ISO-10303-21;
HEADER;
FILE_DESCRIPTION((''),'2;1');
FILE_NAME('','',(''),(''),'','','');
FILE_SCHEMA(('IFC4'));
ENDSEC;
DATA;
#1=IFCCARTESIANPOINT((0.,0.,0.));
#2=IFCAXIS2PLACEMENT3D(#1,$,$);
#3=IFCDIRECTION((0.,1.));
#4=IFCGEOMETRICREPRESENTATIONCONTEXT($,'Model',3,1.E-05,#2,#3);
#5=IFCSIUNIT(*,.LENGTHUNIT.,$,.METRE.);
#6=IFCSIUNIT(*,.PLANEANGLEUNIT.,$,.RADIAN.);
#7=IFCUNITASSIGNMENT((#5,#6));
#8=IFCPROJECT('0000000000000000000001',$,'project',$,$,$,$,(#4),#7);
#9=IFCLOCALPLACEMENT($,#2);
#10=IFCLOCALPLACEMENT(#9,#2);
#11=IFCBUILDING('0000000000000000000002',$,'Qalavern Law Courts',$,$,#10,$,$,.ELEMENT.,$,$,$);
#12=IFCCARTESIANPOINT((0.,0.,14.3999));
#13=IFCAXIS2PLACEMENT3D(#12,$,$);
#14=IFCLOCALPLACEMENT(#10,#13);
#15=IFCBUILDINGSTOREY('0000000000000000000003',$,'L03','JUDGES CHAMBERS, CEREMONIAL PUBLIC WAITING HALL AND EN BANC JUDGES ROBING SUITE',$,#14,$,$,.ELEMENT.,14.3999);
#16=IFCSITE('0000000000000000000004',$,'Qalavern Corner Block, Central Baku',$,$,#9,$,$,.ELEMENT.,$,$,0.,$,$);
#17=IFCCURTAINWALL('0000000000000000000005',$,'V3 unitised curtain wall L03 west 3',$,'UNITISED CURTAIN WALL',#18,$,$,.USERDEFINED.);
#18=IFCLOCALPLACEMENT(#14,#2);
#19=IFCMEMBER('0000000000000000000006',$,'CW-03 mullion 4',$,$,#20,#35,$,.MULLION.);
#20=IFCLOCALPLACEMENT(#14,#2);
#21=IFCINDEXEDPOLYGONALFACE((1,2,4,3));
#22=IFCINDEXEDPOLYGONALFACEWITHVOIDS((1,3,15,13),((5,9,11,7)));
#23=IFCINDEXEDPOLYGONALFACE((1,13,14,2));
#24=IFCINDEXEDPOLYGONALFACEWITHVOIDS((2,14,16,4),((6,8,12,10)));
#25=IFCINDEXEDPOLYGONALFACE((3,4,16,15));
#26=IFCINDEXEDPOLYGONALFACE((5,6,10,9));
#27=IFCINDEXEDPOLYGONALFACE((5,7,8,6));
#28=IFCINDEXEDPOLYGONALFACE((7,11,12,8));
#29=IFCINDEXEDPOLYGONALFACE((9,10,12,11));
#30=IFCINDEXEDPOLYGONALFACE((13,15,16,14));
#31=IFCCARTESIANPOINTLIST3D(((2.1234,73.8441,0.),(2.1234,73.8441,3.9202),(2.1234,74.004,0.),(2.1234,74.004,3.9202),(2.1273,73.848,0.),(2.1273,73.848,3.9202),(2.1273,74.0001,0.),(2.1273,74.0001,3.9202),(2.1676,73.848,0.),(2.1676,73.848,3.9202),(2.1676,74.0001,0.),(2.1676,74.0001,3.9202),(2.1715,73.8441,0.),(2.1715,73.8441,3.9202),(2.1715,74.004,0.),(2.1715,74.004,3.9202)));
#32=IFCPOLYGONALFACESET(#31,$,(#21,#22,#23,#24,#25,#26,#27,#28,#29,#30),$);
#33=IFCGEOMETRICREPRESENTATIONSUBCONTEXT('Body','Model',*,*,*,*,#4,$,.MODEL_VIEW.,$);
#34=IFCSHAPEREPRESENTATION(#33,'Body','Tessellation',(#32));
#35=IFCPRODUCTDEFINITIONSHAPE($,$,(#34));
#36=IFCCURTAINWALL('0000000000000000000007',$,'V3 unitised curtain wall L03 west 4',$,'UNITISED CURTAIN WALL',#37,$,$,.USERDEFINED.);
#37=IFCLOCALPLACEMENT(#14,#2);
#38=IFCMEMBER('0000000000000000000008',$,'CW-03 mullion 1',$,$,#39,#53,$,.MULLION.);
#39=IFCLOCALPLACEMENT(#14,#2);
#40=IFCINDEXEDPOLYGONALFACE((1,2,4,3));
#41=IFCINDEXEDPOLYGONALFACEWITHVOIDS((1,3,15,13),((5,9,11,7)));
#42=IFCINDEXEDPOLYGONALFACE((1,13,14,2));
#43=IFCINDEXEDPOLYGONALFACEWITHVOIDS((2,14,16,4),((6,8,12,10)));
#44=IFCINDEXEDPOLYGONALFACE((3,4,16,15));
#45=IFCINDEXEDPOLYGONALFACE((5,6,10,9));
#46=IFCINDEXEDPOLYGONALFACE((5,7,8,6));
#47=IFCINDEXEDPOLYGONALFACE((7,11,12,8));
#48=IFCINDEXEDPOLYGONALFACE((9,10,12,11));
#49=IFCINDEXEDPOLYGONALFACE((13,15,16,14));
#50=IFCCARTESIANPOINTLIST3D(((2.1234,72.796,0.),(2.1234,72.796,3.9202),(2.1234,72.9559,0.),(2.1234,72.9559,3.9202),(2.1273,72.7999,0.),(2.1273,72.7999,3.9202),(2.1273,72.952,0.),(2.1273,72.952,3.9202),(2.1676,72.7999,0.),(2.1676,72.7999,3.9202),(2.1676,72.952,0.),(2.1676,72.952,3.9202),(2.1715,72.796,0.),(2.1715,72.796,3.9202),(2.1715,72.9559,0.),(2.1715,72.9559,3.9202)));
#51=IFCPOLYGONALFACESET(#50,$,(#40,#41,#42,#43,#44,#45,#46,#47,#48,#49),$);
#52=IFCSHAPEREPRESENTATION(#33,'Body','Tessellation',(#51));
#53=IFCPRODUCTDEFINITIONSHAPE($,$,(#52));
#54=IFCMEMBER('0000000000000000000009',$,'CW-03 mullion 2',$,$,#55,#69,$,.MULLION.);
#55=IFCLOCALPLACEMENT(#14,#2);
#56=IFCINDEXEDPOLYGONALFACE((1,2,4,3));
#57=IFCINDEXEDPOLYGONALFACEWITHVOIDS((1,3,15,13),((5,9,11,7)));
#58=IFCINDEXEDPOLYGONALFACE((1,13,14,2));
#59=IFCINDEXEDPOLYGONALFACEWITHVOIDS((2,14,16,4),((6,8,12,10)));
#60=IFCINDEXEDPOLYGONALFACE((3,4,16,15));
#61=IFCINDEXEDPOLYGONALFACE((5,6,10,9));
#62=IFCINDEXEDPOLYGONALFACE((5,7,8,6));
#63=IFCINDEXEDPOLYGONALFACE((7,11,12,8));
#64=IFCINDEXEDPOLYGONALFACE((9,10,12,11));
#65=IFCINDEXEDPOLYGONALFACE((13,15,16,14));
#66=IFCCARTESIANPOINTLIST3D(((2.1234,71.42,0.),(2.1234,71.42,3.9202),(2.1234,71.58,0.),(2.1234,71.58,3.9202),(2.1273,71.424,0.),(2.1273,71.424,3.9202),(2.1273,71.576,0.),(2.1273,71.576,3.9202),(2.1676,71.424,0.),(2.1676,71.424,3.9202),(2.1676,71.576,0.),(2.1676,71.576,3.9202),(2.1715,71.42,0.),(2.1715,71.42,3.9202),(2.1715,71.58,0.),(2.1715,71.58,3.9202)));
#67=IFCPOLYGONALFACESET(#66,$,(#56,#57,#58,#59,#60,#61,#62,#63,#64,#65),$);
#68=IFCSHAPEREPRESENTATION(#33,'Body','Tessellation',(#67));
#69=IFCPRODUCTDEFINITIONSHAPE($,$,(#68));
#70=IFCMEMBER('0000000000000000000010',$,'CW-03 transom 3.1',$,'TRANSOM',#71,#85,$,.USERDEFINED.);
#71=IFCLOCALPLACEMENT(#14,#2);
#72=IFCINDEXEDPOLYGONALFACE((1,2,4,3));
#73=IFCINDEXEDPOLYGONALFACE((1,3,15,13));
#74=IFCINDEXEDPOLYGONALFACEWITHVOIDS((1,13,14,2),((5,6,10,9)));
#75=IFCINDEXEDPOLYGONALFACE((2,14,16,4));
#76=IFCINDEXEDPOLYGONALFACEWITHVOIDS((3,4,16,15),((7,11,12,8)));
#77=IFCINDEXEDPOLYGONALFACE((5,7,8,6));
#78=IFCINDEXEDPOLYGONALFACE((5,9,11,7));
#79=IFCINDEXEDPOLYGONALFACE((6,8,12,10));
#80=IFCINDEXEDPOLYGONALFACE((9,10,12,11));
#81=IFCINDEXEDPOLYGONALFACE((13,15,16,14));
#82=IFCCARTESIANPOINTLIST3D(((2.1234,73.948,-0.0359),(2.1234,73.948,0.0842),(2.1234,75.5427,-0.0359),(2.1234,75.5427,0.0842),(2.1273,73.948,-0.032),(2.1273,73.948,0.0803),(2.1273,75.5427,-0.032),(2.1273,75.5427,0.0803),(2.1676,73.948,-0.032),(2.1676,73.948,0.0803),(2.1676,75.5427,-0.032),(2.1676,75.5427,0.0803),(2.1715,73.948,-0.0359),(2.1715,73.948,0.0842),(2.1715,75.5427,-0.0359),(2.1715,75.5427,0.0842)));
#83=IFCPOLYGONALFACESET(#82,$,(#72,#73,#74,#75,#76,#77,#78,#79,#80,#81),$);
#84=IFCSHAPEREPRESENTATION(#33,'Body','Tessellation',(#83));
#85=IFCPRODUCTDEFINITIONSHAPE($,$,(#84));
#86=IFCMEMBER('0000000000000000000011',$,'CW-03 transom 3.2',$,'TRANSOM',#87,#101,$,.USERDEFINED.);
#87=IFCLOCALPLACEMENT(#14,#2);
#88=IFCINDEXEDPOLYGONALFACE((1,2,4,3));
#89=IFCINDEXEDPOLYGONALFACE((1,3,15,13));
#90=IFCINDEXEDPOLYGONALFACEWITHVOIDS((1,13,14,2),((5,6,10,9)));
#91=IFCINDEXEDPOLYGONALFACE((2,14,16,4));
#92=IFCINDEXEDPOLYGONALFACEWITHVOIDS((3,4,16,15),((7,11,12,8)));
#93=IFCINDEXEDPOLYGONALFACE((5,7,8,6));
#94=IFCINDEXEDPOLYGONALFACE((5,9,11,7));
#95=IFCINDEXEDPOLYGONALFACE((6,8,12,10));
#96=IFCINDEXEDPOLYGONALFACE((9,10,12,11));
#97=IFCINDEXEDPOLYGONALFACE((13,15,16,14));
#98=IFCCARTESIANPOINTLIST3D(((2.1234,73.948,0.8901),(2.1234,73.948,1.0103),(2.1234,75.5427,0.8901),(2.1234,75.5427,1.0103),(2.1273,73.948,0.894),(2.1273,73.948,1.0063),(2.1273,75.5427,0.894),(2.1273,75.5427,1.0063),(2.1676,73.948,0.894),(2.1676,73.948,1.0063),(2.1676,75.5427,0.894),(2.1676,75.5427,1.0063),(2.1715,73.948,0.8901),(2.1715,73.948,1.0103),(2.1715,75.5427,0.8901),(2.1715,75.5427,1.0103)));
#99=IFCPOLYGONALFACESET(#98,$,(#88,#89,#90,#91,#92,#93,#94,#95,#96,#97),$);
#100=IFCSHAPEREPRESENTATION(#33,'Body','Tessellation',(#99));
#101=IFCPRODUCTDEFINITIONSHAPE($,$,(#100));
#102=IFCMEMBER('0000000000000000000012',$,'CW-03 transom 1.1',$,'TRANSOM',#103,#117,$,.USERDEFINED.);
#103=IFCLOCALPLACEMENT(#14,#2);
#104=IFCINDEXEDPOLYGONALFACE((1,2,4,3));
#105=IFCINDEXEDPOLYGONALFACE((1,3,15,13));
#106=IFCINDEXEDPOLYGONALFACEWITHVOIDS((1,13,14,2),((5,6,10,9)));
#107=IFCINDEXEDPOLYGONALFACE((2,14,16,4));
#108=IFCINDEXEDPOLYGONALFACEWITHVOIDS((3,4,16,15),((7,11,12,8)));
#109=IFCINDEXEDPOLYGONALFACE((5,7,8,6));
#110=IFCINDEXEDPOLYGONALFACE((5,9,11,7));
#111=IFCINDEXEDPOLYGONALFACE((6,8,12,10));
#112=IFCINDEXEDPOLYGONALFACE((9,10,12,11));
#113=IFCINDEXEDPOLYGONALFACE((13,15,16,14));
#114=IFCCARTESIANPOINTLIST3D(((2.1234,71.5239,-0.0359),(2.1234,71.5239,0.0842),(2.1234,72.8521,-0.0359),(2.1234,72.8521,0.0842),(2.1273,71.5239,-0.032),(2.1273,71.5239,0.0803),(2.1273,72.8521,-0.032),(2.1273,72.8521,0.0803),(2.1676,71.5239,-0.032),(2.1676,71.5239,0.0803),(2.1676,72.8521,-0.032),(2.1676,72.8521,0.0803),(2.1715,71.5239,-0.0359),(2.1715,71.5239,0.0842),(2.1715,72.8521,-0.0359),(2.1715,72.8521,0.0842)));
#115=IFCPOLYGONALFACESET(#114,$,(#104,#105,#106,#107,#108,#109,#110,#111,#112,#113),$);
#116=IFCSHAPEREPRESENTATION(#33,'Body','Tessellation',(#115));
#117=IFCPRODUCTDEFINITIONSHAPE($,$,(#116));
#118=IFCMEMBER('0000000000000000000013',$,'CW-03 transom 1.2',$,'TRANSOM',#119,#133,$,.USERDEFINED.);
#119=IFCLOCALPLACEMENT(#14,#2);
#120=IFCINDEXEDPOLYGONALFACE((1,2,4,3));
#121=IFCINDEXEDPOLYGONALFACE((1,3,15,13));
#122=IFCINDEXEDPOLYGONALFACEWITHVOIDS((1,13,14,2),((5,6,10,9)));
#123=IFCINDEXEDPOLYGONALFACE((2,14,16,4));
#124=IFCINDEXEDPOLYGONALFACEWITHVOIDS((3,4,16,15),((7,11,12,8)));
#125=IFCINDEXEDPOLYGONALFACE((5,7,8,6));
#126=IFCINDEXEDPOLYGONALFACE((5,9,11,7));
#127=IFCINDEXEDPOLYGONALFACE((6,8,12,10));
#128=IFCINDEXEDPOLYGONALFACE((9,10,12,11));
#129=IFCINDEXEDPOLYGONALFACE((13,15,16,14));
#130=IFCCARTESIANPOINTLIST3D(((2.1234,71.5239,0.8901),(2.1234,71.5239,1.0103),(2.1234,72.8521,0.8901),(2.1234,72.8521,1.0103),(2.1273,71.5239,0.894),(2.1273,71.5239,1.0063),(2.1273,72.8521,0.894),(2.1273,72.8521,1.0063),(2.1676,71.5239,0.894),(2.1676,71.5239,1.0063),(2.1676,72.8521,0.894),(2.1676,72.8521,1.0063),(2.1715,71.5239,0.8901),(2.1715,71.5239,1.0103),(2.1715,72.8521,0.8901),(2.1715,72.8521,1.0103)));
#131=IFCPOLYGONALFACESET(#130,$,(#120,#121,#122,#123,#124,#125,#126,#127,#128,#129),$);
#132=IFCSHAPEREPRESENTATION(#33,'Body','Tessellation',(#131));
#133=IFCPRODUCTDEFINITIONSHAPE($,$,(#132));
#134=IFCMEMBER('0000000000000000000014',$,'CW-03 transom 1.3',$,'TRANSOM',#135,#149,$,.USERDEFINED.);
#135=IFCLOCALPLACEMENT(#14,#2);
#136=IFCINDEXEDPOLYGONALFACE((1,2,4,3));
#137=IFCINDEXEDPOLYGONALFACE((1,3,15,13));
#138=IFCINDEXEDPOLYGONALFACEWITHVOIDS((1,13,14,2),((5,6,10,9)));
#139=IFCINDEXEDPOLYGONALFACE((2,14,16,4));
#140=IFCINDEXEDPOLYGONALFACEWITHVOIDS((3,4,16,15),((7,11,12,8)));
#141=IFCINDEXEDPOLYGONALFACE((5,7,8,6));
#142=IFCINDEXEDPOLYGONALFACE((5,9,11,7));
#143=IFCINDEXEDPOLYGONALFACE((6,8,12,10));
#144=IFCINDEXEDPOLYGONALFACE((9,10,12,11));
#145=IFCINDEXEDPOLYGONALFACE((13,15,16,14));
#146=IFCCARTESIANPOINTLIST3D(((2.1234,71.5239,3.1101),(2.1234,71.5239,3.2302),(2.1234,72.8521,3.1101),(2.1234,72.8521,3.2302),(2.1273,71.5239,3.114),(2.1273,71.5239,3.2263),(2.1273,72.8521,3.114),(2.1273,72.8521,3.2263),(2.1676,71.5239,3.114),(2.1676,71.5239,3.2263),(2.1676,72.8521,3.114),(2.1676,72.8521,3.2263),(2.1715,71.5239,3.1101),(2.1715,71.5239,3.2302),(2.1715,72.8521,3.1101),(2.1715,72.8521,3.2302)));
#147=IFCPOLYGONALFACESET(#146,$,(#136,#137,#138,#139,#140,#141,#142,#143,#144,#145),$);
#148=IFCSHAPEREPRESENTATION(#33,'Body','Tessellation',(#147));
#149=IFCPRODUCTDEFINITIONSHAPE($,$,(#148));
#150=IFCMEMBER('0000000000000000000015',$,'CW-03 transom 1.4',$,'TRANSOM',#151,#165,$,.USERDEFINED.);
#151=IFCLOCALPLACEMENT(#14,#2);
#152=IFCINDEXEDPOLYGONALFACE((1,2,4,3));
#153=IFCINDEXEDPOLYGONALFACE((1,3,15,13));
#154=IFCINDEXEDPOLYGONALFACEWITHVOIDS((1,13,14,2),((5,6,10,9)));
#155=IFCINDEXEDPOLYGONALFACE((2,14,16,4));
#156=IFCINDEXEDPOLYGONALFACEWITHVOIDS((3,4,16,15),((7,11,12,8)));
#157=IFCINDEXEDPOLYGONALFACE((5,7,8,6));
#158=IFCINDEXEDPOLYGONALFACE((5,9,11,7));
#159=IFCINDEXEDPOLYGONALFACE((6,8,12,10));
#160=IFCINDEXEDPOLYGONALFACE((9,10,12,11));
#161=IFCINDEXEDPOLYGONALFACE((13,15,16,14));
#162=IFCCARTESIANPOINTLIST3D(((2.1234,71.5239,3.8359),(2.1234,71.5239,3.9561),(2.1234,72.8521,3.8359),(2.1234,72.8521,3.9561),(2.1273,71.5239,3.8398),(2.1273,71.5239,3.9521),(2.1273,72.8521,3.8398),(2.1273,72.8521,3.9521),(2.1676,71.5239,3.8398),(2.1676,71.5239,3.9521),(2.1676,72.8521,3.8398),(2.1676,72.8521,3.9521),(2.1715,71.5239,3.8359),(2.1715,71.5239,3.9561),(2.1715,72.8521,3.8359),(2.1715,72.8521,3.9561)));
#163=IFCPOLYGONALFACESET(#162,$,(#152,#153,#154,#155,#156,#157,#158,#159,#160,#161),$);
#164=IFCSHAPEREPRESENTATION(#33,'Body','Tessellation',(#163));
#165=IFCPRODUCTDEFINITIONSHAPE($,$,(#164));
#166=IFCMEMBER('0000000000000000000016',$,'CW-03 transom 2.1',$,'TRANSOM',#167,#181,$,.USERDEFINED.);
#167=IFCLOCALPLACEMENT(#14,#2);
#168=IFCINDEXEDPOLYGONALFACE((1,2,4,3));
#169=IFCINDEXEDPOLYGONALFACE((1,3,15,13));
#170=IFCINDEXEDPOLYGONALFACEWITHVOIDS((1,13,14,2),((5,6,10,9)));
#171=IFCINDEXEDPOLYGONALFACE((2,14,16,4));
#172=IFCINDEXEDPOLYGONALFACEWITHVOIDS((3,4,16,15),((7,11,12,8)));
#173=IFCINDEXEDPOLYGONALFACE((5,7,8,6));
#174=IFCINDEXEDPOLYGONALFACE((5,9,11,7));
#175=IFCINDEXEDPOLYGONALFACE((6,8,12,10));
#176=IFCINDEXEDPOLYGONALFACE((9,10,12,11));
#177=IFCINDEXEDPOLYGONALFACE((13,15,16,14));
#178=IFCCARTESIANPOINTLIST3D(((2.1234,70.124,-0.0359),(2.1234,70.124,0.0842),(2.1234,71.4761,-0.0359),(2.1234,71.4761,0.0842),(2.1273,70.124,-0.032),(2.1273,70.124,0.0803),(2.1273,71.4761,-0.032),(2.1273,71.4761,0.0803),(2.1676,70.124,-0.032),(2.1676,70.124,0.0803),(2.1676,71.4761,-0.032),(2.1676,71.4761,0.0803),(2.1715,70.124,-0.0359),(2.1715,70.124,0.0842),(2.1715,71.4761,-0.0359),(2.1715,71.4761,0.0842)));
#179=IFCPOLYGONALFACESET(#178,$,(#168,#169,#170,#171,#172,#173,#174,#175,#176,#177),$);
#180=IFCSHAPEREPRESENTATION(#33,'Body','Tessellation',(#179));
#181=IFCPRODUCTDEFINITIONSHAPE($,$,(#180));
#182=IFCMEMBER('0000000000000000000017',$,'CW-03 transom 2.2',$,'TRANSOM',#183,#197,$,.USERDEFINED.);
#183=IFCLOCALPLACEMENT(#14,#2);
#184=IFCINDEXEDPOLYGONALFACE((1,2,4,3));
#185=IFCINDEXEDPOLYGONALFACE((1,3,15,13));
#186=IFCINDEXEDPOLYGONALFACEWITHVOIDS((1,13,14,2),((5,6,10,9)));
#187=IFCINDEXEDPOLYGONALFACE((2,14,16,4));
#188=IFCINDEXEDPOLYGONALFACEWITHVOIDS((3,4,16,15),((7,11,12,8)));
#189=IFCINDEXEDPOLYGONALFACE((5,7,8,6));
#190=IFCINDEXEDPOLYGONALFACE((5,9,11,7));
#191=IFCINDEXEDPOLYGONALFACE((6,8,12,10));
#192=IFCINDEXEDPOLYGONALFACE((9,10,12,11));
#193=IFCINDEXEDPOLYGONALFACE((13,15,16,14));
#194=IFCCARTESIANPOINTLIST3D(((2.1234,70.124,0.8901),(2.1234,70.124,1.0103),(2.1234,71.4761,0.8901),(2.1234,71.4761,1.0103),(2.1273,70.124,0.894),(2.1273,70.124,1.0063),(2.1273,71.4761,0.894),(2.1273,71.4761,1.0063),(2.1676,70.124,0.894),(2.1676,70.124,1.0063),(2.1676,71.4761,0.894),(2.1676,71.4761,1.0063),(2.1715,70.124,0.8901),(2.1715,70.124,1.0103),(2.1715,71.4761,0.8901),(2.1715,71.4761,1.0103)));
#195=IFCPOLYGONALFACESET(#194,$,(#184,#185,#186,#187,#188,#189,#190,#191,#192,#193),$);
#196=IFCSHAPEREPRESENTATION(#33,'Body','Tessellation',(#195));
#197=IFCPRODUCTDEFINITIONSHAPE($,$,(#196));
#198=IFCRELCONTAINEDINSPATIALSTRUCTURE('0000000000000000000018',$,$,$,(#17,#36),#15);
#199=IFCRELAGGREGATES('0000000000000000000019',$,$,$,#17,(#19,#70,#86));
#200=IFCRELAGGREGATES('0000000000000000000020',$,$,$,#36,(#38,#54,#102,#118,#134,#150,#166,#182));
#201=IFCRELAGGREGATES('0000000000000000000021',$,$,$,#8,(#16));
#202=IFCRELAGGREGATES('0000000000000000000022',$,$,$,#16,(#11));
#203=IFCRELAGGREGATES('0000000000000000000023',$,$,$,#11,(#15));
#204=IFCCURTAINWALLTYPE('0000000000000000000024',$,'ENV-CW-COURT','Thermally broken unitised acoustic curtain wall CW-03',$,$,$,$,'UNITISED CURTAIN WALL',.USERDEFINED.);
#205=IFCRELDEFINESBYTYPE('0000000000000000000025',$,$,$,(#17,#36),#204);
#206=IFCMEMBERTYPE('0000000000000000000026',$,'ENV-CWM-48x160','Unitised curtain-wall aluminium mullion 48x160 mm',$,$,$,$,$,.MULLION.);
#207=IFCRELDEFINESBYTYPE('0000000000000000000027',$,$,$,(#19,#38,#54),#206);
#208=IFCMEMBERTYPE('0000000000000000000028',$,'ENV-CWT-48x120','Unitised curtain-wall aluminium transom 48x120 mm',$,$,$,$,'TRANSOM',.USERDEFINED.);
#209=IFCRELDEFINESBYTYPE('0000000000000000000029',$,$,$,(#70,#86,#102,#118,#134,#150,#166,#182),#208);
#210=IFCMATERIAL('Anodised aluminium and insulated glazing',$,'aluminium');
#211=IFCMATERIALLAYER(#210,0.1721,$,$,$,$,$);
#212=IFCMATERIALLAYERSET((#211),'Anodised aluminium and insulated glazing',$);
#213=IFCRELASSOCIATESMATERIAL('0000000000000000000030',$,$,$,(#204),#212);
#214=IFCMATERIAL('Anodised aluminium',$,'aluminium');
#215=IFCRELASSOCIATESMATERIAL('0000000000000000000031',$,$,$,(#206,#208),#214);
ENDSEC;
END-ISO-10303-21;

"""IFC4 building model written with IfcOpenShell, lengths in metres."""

from ifc_helpers import new_model, si_unit, direction, frame, origin, origin_2d, place, context, subcontext, project, spatial, hollow_rectangle, extrude, material, layer, layer_set, material_profile, profile_set, type_object, element, aggregate, save


model = new_model("IFC4")

# Units and contexts
model_context = context("Model", 3, precision=1e-05, world=origin(), true_north=direction((0.0, 1.0)))
body_context = subcontext(model_context, "Body", "Model", "MODEL_VIEW")
ifc_project = project(units=[si_unit("LENGTHUNIT", "METRE"), si_unit("PLANEANGLEUNIT", "RADIAN")], contexts=[model_context])

# Site, building, storey
site_placement = place(None, origin())
site = spatial("IfcSite", under=ifc_project, at=site_placement, Name="Qalavern Corner Block, Central Baku", CompositionType="ELEMENT", RefElevation=0.0)
building_placement = place(site_placement, origin())
building = spatial("IfcBuilding", under=site, at=building_placement, Name="Qalavern Law Courts", CompositionType="ELEMENT")
storey_placement = place(building_placement, frame((0.0, 0.0, 14.3999)))
storey = spatial("IfcBuildingStorey", under=building, at=storey_placement, Name="L03", Description="JUDGES CHAMBERS, CEREMONIAL PUBLIC WAITING HALL AND EN BANC JUDGES ROBING SUITE", CompositionType="ELEMENT", Elevation=14.3999)

# Curtain wall, member
ifc_material_1 = material(Name="Anodised aluminium and insulated glazing", Category="aluminium")
ifc_layer_1 = layer(ifc_material_1, 0.1721)
ifc_layer_set_1 = layer_set([ifc_layer_1], Name="Anodised aluminium and insulated glazing")
curtain_wall_type = type_object("IfcCurtainWallType", Name="ENV-CW-COURT", Description="Thermally broken unitised acoustic curtain wall CW-03", ElementType="UNITISED CURTAIN WALL", PredefinedType="USERDEFINED", material=ifc_layer_set_1)
curtain_wall_1_placement = place(storey_placement, origin())
curtain_wall_1 = element("IfcCurtainWall", 1, at=curtain_wall_1_placement, inside=storey, type_object=curtain_wall_type, Name="V3 unitised curtain wall L03 west 3", ObjectType="UNITISED CURTAIN WALL", PredefinedType="USERDEFINED")
ifc_material_2 = material(Name="Anodised aluminium", Category="aluminium")
ifc_material_profile_1 = material_profile(ifc_material_2, hollow_rectangle(XDim=0.0481, YDim=0.1599, WallThickness=0.0039, at=origin_2d()), Name="ALU MULLION 48x160")
ifc_profile_set_1 = profile_set([ifc_material_profile_1], Name="Anodised aluminium")
member_type_1 = type_object("IfcMemberType", Name="ENV-CWM-48x160", Description="Unitised curtain-wall aluminium mullion 48x160 mm", PredefinedType="MULLION", material=ifc_profile_set_1)
member_1_placement = place(storey_placement, frame((2.1475, 73.9241, 0.0), z_axis=(0.0, 0.0, 1.0), x_axis=(1.0, 0.0, 0.0)))
member_1 = element("IfcMember", 2, at=member_1_placement, type_object=member_type_1, Name="CW-03 mullion 4", PredefinedType="MULLION", context=body_context, shape_type="SweptSolid", body=[
    extrude(hollow_rectangle(XDim=0.0481, YDim=0.1599, WallThickness=0.0039, at=origin_2d()), origin(), (0.0, 0.0, 1.0), 3.9202),
])

# Curtain wall, members
curtain_wall_2_placement = place(storey_placement, origin())
curtain_wall_2 = element("IfcCurtainWall", 3, at=curtain_wall_2_placement, inside=storey, type_object=curtain_wall_type, Name="V3 unitised curtain wall L03 west 4", ObjectType="UNITISED CURTAIN WALL", PredefinedType="USERDEFINED")
member_2_placement = place(storey_placement, frame((2.1475, 72.876, 0.0), z_axis=(0.0, 0.0, 1.0), x_axis=(1.0, 0.0, 0.0)))
member_2 = element("IfcMember", 4, at=member_2_placement, type_object=member_type_1, Name="CW-03 mullion 1", PredefinedType="MULLION", context=body_context, shape_type="SweptSolid", body=[
    extrude(hollow_rectangle(XDim=0.0481, YDim=0.1599, WallThickness=0.0039, at=origin_2d()), origin(), (0.0, 0.0, 1.0), 3.9202),
])
member_3_placement = place(storey_placement, frame((2.1475, 71.5, 0.0), z_axis=(0.0, 0.0, 1.0), x_axis=(1.0, 0.0, 0.0)))
member_3 = element("IfcMember", 5, at=member_3_placement, type_object=member_type_1, Name="CW-03 mullion 2", PredefinedType="MULLION", context=body_context, shape_type="SweptSolid", body=[
    extrude(hollow_rectangle(XDim=0.0481, YDim=0.1599, WallThickness=0.0039, at=origin_2d()), origin(), (0.0, 0.0, 1.0), 3.9202),
])

# Members
ifc_material_profile_2 = material_profile(ifc_material_2, hollow_rectangle(XDim=0.0481, YDim=0.1201, WallThickness=0.0039, at=origin_2d()), Name="ALU TRANSOM 48x120")
ifc_profile_set_2 = profile_set([ifc_material_profile_2], Name="Anodised aluminium")
member_type_2 = type_object("IfcMemberType", Name="ENV-CWT-48x120", Description="Unitised curtain-wall aluminium transom 48x120 mm", ElementType="TRANSOM", PredefinedType="USERDEFINED", material=ifc_profile_set_2)
member_4_placement = place(storey_placement, frame((2.1475, 75.5427, 0.0242), z_axis=(0.0, -1.0, 0.0), x_axis=(1.0, 0.0, 0.0)))
member_4 = element("IfcMember", 6, at=member_4_placement, type_object=member_type_2, Name="CW-03 transom 3.1", ObjectType="TRANSOM", PredefinedType="USERDEFINED", context=body_context, shape_type="SweptSolid", body=[
    extrude(hollow_rectangle(XDim=0.0481, YDim=0.1201, WallThickness=0.0039, at=origin_2d()), origin(), (0.0, 0.0, 1.0), 1.5947),
])
member_5_placement = place(storey_placement, frame((2.1475, 75.5427, 0.9502), z_axis=(0.0, -1.0, 0.0), x_axis=(1.0, 0.0, 0.0)))
member_5 = element("IfcMember", 7, at=member_5_placement, type_object=member_type_2, Name="CW-03 transom 3.2", ObjectType="TRANSOM", PredefinedType="USERDEFINED", context=body_context, shape_type="SweptSolid", body=[
    extrude(hollow_rectangle(XDim=0.0481, YDim=0.1201, WallThickness=0.0039, at=origin_2d()), origin(), (0.0, 0.0, 1.0), 1.5947),
])
member_6_placement = place(storey_placement, frame((2.1475, 72.8521, 0.0242), z_axis=(0.0, -1.0, 0.0), x_axis=(1.0, 0.0, 0.0)))
member_6 = element("IfcMember", 8, at=member_6_placement, type_object=member_type_2, Name="CW-03 transom 1.1", ObjectType="TRANSOM", PredefinedType="USERDEFINED", context=body_context, shape_type="SweptSolid", body=[
    extrude(hollow_rectangle(XDim=0.0481, YDim=0.1201, WallThickness=0.0039, at=origin_2d()), origin(), (0.0, 0.0, 1.0), 1.3281),
])
member_7_placement = place(storey_placement, frame((2.1475, 72.8521, 0.9502), z_axis=(0.0, -1.0, 0.0), x_axis=(1.0, 0.0, 0.0)))
member_7 = element("IfcMember", 9, at=member_7_placement, type_object=member_type_2, Name="CW-03 transom 1.2", ObjectType="TRANSOM", PredefinedType="USERDEFINED", context=body_context, shape_type="SweptSolid", body=[
    extrude(hollow_rectangle(XDim=0.0481, YDim=0.1201, WallThickness=0.0039, at=origin_2d()), origin(), (0.0, 0.0, 1.0), 1.3281),
])
member_8_placement = place(storey_placement, frame((2.1475, 72.8521, 3.1702), z_axis=(0.0, -1.0, 0.0), x_axis=(1.0, 0.0, 0.0)))
member_8 = element("IfcMember", 10, at=member_8_placement, type_object=member_type_2, Name="CW-03 transom 1.3", ObjectType="TRANSOM", PredefinedType="USERDEFINED", context=body_context, shape_type="SweptSolid", body=[
    extrude(hollow_rectangle(XDim=0.0481, YDim=0.1201, WallThickness=0.0039, at=origin_2d()), origin(), (0.0, 0.0, 1.0), 1.3281),
])
member_9_placement = place(storey_placement, frame((2.1475, 72.8521, 3.896), z_axis=(0.0, -1.0, 0.0), x_axis=(1.0, 0.0, 0.0)))
member_9 = element("IfcMember", 11, at=member_9_placement, type_object=member_type_2, Name="CW-03 transom 1.4", ObjectType="TRANSOM", PredefinedType="USERDEFINED", context=body_context, shape_type="SweptSolid", body=[
    extrude(hollow_rectangle(XDim=0.0481, YDim=0.1201, WallThickness=0.0039, at=origin_2d()), origin(), (0.0, 0.0, 1.0), 1.3281),
])
member_10_placement = place(storey_placement, frame((2.1475, 71.4761, 0.0242), z_axis=(0.0, -1.0, 0.0), x_axis=(1.0, 0.0, 0.0)))
member_10 = element("IfcMember", 12, at=member_10_placement, type_object=member_type_2, Name="CW-03 transom 2.1", ObjectType="TRANSOM", PredefinedType="USERDEFINED", context=body_context, shape_type="SweptSolid", body=[
    extrude(hollow_rectangle(XDim=0.0481, YDim=0.1201, WallThickness=0.0039, at=origin_2d()), origin(), (0.0, 0.0, 1.0), 1.3521),
])
member_11_placement = place(storey_placement, frame((2.1475, 71.4761, 0.9502), z_axis=(0.0, -1.0, 0.0), x_axis=(1.0, 0.0, 0.0)))
member_11 = element("IfcMember", 13, at=member_11_placement, type_object=member_type_2, Name="CW-03 transom 2.2", ObjectType="TRANSOM", PredefinedType="USERDEFINED", context=body_context, shape_type="SweptSolid", body=[
    extrude(hollow_rectangle(XDim=0.0481, YDim=0.1201, WallThickness=0.0039, at=origin_2d()), origin(), (0.0, 0.0, 1.0), 1.3521),
])

aggregate(curtain_wall_1, [member_1, member_4, member_5])
aggregate(curtain_wall_2, [member_2, member_3, member_6, member_7, member_8, member_9, member_10, member_11])

save(model, "model.ifc")
